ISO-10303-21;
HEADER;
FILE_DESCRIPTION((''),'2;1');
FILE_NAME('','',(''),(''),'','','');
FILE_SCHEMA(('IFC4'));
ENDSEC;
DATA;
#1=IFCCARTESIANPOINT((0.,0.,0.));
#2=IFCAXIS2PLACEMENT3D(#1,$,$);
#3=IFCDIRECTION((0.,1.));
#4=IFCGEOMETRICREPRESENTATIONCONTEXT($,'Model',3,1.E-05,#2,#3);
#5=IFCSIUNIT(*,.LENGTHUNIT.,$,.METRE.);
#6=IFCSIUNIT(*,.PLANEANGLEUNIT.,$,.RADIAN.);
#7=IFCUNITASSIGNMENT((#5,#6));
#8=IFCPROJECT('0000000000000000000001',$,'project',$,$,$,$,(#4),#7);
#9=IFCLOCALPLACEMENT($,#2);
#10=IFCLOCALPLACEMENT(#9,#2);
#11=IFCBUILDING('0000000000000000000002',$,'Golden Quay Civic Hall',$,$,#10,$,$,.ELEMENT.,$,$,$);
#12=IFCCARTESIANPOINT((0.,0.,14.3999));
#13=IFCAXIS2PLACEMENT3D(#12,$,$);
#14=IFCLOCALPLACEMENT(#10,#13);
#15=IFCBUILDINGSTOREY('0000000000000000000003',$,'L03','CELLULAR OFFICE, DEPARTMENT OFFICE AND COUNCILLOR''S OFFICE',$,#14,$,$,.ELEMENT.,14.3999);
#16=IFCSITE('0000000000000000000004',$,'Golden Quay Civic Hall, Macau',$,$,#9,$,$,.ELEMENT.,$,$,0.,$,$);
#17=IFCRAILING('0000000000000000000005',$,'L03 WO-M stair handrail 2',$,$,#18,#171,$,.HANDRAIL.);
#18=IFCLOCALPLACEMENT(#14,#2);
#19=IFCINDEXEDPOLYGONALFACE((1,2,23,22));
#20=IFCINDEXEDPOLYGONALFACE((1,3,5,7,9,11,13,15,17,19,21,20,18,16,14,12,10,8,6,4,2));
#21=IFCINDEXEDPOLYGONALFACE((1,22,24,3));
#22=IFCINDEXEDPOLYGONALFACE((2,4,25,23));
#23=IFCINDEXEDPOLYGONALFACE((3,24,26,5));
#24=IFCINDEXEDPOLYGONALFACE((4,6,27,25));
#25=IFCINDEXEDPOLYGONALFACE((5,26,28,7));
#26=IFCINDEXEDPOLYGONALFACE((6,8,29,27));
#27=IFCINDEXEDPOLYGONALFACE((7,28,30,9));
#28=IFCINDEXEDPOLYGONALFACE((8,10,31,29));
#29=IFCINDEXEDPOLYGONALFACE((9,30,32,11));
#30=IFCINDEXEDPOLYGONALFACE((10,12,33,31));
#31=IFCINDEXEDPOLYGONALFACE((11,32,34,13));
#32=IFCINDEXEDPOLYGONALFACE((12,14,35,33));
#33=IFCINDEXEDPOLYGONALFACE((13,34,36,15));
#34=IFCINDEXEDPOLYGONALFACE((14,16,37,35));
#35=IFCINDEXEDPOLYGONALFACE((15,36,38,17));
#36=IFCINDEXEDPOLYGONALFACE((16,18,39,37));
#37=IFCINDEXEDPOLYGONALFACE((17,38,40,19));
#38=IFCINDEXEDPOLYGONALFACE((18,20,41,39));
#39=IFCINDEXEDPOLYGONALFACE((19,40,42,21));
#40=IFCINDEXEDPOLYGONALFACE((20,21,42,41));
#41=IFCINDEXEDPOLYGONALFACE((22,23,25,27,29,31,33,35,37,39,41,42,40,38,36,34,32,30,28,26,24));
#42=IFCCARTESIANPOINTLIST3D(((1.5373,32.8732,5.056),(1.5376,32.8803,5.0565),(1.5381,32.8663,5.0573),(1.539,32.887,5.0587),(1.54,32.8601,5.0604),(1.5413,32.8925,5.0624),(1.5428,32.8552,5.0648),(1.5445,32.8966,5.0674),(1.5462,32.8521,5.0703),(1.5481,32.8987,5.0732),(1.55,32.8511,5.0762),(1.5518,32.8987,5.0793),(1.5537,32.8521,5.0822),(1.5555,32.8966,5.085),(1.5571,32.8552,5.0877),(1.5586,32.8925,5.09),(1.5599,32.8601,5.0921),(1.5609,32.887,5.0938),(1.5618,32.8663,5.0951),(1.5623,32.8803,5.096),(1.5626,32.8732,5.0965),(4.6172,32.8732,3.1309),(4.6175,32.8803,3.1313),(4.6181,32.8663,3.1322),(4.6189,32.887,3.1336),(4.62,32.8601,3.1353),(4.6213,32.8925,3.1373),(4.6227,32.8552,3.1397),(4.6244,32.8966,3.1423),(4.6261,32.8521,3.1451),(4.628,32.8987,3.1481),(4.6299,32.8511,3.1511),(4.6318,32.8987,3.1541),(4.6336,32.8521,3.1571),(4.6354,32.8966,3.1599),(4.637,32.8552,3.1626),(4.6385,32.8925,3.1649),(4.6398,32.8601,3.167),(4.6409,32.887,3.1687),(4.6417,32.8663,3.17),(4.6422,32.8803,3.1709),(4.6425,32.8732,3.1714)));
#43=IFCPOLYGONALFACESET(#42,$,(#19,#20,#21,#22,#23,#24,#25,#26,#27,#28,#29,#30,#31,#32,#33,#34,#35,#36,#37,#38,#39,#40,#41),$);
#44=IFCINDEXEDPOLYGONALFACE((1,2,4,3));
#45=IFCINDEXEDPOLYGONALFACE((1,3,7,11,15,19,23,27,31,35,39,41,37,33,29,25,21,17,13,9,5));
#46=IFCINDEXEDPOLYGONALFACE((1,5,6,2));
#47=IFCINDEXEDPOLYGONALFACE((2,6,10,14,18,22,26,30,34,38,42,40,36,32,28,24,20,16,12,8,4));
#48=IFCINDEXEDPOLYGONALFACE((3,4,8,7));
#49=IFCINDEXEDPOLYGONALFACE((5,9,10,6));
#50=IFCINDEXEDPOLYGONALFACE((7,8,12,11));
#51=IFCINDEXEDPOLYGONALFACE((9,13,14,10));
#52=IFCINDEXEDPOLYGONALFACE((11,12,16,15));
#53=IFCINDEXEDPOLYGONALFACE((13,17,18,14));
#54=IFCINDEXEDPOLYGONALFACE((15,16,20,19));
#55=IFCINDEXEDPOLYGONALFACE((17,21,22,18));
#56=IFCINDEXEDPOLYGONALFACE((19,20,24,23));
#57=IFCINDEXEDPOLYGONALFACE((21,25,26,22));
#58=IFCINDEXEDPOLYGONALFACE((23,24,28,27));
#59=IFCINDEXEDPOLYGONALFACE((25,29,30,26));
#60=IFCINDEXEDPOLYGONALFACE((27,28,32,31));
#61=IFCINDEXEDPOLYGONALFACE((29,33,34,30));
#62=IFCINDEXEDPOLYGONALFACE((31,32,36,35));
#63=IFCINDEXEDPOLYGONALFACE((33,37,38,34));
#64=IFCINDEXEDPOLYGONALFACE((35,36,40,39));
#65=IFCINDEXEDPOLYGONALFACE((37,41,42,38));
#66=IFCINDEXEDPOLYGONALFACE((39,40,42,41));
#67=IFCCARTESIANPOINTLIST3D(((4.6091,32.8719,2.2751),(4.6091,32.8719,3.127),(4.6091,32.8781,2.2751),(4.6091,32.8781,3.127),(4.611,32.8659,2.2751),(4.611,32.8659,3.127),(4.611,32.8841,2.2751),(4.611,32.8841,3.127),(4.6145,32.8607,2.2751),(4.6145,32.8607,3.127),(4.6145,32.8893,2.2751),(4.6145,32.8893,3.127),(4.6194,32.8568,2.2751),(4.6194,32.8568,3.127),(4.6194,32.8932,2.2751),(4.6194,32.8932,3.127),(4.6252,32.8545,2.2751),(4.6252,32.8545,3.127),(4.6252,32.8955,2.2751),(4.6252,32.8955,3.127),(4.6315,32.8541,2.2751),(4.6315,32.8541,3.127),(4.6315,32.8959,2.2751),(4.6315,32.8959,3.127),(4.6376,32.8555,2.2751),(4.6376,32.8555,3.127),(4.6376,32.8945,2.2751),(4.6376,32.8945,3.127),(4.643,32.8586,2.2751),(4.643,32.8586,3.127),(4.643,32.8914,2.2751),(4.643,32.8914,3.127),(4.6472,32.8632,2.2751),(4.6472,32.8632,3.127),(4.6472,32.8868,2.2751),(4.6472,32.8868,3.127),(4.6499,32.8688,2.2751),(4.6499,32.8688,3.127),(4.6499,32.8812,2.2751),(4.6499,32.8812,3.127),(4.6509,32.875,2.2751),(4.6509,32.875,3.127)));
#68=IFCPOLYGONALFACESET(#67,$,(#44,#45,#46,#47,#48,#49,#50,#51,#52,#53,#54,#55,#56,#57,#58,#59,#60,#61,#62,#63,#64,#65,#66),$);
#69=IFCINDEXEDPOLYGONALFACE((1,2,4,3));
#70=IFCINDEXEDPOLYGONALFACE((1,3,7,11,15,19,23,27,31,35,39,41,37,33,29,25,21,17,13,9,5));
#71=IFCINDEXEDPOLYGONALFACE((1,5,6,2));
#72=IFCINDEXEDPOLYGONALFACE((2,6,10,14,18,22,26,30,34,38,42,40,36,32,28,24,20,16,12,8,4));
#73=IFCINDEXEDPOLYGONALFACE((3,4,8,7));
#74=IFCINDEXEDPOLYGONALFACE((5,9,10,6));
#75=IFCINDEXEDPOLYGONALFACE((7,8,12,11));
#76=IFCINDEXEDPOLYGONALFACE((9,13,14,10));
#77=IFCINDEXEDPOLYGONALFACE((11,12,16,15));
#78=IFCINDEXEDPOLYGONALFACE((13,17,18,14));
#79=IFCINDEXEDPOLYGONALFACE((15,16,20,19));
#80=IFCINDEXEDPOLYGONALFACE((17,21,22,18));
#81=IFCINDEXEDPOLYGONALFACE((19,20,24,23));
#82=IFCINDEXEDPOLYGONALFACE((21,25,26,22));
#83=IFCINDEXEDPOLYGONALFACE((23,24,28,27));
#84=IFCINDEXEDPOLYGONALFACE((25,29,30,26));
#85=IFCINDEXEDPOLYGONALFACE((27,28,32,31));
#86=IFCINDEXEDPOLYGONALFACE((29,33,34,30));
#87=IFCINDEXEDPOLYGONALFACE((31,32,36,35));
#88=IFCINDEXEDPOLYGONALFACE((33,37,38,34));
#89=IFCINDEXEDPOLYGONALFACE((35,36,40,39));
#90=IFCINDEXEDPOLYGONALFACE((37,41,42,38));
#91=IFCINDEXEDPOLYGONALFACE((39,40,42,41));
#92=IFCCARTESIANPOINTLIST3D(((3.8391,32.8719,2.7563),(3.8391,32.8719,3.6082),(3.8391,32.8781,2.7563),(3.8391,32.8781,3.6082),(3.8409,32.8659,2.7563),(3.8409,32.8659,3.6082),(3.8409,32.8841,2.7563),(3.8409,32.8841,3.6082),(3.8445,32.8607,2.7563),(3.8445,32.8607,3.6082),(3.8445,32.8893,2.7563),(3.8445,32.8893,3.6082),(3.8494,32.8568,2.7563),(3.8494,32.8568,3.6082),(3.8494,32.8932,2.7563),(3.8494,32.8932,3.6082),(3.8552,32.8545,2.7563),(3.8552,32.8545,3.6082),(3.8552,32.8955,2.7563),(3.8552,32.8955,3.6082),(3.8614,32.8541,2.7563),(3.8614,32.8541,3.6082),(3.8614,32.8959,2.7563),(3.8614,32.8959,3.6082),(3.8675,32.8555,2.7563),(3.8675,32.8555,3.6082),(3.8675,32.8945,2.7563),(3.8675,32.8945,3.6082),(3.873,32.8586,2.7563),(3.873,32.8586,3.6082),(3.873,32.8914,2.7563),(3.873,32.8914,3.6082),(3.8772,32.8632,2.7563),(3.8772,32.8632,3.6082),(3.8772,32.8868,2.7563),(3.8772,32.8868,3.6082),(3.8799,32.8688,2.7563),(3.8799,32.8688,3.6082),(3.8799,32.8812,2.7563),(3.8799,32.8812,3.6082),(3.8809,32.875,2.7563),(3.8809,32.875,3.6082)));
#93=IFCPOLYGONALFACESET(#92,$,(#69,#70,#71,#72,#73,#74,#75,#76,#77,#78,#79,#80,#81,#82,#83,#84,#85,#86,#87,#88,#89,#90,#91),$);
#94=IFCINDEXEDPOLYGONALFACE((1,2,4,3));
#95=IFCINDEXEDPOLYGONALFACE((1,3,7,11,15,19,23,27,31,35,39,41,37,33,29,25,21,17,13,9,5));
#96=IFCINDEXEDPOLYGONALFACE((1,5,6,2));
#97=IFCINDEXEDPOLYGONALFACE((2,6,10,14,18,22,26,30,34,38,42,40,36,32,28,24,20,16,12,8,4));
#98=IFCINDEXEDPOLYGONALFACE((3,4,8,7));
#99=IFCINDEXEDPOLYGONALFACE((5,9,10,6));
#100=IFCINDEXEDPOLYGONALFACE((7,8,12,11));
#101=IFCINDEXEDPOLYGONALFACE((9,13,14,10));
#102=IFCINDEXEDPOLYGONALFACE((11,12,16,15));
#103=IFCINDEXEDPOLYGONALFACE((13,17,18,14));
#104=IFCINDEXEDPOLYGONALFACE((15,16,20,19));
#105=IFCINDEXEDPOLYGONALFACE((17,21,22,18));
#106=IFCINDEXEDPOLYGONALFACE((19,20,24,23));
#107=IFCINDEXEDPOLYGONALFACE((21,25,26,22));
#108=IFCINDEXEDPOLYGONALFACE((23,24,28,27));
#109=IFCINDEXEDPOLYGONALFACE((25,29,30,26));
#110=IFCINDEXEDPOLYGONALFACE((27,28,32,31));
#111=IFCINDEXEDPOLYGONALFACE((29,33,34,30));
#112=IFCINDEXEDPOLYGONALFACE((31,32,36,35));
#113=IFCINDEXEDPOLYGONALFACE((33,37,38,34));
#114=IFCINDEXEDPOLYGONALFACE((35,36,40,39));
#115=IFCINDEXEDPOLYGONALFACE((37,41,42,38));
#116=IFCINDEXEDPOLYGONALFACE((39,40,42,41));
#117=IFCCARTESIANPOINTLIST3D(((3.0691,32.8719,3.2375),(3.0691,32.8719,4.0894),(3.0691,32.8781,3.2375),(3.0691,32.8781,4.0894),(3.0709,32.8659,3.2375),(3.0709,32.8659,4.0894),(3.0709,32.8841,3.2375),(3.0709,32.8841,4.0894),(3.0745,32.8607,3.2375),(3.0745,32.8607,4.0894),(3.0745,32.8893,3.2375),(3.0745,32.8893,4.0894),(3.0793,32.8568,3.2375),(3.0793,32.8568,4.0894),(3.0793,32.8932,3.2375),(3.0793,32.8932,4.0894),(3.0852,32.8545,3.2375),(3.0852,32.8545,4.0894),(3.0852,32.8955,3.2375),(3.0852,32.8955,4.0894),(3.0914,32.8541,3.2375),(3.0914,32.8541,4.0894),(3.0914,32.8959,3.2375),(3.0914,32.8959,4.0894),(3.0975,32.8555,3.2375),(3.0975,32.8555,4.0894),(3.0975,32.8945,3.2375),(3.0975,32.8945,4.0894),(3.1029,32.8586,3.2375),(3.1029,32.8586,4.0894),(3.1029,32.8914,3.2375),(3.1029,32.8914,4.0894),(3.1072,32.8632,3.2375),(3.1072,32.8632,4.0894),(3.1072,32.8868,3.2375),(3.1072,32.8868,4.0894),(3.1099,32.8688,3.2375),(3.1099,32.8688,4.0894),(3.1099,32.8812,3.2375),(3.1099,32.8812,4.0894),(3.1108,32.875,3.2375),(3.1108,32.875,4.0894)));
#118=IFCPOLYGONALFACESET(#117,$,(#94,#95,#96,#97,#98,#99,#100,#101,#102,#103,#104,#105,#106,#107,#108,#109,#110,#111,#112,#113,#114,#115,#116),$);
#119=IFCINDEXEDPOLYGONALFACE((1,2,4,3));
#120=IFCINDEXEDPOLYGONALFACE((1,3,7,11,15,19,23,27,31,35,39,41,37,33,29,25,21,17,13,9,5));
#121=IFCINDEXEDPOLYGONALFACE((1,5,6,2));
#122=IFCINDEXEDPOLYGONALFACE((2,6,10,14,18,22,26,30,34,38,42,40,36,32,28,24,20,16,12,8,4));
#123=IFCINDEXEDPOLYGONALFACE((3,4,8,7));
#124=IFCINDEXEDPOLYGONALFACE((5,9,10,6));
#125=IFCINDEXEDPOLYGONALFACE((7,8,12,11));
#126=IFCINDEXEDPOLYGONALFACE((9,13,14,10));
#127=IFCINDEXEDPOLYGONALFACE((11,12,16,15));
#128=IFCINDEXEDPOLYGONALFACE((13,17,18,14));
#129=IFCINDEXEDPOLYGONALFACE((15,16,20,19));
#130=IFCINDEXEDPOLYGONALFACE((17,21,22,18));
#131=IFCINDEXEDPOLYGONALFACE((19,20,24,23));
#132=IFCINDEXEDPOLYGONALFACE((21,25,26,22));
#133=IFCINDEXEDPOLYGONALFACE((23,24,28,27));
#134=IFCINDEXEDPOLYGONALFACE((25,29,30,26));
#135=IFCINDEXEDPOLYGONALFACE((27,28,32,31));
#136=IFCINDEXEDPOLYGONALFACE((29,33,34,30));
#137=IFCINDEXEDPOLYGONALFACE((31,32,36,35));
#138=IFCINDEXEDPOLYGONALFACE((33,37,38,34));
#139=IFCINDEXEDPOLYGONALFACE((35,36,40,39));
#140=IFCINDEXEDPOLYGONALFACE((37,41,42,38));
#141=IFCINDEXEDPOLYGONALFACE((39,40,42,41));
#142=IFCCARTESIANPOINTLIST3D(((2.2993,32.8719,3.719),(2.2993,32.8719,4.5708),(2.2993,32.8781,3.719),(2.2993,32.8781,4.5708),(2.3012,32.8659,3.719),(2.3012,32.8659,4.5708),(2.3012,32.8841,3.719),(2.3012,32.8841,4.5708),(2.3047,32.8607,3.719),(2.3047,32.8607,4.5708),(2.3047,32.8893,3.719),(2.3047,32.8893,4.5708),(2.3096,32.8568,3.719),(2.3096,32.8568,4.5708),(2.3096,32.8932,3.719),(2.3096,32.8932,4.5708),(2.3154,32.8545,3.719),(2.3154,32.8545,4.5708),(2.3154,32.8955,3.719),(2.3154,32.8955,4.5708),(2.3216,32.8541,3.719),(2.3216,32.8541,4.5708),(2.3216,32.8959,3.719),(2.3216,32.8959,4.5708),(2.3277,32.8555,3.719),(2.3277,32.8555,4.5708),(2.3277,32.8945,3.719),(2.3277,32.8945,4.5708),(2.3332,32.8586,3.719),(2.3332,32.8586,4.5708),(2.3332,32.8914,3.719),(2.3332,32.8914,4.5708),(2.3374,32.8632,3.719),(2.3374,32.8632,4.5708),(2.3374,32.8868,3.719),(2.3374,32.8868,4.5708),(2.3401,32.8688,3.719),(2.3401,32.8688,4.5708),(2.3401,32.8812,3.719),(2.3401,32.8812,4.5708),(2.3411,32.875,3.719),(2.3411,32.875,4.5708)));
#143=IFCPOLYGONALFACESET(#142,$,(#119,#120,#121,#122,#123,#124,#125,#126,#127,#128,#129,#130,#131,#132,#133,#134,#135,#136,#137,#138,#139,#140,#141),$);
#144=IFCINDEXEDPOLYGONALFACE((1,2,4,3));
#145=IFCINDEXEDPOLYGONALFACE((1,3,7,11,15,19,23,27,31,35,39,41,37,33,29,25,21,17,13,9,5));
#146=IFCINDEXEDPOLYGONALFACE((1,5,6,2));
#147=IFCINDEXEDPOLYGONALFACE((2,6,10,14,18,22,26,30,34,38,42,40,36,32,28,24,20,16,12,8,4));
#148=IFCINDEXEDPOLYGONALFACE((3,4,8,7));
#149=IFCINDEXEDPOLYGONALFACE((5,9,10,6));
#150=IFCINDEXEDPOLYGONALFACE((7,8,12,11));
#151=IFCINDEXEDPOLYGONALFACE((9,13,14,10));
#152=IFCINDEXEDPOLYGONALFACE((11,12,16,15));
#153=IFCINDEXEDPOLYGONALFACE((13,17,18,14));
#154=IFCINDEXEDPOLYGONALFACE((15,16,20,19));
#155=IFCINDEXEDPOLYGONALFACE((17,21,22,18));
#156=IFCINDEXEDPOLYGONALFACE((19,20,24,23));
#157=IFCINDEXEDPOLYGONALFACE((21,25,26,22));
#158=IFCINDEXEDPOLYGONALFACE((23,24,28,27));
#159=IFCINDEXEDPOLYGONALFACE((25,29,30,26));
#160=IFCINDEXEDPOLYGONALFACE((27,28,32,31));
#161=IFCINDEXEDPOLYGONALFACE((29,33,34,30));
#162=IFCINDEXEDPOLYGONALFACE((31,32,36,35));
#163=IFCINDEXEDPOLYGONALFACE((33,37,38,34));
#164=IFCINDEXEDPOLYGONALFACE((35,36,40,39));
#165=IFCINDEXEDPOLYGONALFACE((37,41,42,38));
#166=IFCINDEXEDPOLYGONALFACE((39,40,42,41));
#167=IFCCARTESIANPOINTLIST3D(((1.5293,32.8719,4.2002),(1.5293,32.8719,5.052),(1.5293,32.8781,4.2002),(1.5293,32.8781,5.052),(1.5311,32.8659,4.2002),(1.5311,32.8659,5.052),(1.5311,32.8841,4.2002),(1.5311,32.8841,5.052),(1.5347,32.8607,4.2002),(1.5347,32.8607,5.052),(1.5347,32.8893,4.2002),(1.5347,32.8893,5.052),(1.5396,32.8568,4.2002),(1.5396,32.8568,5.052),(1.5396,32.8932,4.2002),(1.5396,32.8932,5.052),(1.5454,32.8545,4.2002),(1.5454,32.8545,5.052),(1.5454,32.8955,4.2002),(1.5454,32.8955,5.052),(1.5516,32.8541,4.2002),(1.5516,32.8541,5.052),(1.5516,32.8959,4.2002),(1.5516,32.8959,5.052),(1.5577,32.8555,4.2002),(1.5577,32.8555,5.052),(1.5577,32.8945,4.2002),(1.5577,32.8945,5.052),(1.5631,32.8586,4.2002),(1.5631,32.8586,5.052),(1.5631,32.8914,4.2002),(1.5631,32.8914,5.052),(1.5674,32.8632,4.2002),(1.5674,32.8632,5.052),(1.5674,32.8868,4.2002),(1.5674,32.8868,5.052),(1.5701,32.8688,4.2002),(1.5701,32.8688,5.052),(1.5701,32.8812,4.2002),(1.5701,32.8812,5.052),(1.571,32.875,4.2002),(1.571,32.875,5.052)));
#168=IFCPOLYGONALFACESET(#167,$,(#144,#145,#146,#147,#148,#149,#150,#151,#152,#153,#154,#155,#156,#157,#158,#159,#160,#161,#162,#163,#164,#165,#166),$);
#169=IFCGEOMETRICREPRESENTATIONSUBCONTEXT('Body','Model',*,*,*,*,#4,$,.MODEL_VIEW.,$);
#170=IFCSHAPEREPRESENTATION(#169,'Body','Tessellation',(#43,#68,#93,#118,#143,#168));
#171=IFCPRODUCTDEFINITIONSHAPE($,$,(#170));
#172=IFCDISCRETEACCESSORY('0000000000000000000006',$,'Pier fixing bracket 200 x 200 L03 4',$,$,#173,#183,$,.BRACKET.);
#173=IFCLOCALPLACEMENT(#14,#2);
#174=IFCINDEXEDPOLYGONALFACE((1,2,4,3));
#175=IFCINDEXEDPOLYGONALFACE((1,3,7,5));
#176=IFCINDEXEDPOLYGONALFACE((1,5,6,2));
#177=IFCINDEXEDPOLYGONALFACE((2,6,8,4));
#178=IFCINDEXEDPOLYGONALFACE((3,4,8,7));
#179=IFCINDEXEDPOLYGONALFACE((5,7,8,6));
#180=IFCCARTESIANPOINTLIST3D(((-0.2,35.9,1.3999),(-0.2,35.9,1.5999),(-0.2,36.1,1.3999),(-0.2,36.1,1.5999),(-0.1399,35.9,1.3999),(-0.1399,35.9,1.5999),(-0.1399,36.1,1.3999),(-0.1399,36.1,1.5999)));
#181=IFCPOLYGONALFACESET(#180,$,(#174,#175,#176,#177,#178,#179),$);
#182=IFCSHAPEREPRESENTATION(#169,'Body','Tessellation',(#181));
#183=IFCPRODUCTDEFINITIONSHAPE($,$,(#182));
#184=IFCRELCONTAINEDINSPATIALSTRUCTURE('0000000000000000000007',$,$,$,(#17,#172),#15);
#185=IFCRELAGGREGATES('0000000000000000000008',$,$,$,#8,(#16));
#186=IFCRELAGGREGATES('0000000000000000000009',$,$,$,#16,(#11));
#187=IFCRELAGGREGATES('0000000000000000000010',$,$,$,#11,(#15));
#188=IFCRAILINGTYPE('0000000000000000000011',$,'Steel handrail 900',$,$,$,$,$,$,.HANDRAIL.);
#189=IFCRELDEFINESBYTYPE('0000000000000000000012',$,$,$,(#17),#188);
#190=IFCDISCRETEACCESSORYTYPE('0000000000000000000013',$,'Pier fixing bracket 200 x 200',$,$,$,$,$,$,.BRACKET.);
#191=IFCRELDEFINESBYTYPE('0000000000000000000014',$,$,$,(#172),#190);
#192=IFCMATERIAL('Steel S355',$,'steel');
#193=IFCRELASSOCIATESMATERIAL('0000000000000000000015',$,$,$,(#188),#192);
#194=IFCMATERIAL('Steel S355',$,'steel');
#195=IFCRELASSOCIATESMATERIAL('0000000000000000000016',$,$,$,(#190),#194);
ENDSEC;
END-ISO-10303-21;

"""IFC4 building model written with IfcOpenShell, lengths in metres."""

from ifc_helpers import new_model, si_unit, direction, frame, origin, origin_2d, place, context, subcontext, project, spatial, rectangle, circle, extrude, material, type_object, element, save


model = new_model("IFC4")

# Units and contexts
model_context = context("Model", 3, precision=1e-05, world=origin(), true_north=direction((0.0, 1.0)))
body_context = subcontext(model_context, "Body", "Model", "MODEL_VIEW")
ifc_project = project(units=[si_unit("LENGTHUNIT", "METRE"), si_unit("PLANEANGLEUNIT", "RADIAN")], contexts=[model_context])

# Site, building, storey
site_placement = place(None, origin())
site = spatial("IfcSite", under=ifc_project, at=site_placement, Name="Golden Quay Civic Hall, Macau", CompositionType="ELEMENT", RefElevation=0.0)
building_placement = place(site_placement, origin())
building = spatial("IfcBuilding", under=site, at=building_placement, Name="Golden Quay Civic Hall", CompositionType="ELEMENT")
storey_placement = place(building_placement, frame((0.0, 0.0, 14.3999)))
storey = spatial("IfcBuildingStorey", under=building, at=storey_placement, Name="L03", Description="CELLULAR OFFICE, DEPARTMENT OFFICE AND COUNCILLOR'S OFFICE", CompositionType="ELEMENT", Elevation=14.3999)

# Railing
ifc_material_1 = material(Name="Steel S355", Category="steel")
railing_type_1 = type_object("IfcRailingType", Name="Steel handrail 900", PredefinedType="HANDRAIL", material=ifc_material_1)
railing_1_placement = place(storey_placement, frame((4.6299, 32.875, 2.2751)))
element("IfcRailing", 1, at=railing_1_placement, inside=storey, type_object=railing_type_1, Name="L03 WO-M stair handrail 2", PredefinedType="HANDRAIL", context=body_context, shape_type="SweptSolid", body=[
    extrude(circle(Radius=0.0239, at=origin_2d()), frame((0.0, 0.0, 0.876), z_axis=(-0.847979, 0.0, 0.530029), x_axis=(0.0, -1.0, 0.0)), (0.0, 0.0, 1.0), 3.6321),
    extrude(circle(Radius=0.021, at=origin_2d()), origin(), (0.0, 0.0, 1.0), 0.8518),
    extrude(circle(Radius=0.021, at=origin_2d()), frame((-0.77, 0.0, 0.4812)), (0.0, 0.0, 1.0), 0.8518),
    extrude(circle(Radius=0.021, at=origin_2d()), frame((-1.54, 0.0, 0.9624)), (0.0, 0.0, 1.0), 0.8518),
    extrude(circle(Radius=0.021, at=origin_2d()), frame((-2.3098, 0.0, 1.4438)), (0.0, 0.0, 1.0), 0.8518),
    extrude(circle(Radius=0.021, at=origin_2d()), frame((-3.0798, 0.0, 1.925)), (0.0, 0.0, 1.0), 0.8518),
])

# Discrete accessory
ifc_material_2 = material(Name="Steel S355", Category="steel")
discrete_accessory_type = type_object("IfcDiscreteAccessoryType", Name="Pier fixing bracket 200 x 200", PredefinedType="BRACKET", material=ifc_material_2)
discrete_accessory_placement = place(storey_placement, frame((-0.1699, 36.0, 1.3999), z_axis=(0.0, 0.0, 1.0), x_axis=(0.0, -1.0, 0.0)))
element("IfcDiscreteAccessory", 2, at=discrete_accessory_placement, inside=storey, type_object=discrete_accessory_type, Name="Pier fixing bracket 200 x 200 L03 4", PredefinedType="BRACKET", context=body_context, shape_type="SweptSolid", body=[
    extrude(rectangle(XDim=0.2, YDim=0.0601, at=origin_2d()), origin(), (0.0, 0.0, 1.0), 0.2),
])

save(model, "model.ifc")
